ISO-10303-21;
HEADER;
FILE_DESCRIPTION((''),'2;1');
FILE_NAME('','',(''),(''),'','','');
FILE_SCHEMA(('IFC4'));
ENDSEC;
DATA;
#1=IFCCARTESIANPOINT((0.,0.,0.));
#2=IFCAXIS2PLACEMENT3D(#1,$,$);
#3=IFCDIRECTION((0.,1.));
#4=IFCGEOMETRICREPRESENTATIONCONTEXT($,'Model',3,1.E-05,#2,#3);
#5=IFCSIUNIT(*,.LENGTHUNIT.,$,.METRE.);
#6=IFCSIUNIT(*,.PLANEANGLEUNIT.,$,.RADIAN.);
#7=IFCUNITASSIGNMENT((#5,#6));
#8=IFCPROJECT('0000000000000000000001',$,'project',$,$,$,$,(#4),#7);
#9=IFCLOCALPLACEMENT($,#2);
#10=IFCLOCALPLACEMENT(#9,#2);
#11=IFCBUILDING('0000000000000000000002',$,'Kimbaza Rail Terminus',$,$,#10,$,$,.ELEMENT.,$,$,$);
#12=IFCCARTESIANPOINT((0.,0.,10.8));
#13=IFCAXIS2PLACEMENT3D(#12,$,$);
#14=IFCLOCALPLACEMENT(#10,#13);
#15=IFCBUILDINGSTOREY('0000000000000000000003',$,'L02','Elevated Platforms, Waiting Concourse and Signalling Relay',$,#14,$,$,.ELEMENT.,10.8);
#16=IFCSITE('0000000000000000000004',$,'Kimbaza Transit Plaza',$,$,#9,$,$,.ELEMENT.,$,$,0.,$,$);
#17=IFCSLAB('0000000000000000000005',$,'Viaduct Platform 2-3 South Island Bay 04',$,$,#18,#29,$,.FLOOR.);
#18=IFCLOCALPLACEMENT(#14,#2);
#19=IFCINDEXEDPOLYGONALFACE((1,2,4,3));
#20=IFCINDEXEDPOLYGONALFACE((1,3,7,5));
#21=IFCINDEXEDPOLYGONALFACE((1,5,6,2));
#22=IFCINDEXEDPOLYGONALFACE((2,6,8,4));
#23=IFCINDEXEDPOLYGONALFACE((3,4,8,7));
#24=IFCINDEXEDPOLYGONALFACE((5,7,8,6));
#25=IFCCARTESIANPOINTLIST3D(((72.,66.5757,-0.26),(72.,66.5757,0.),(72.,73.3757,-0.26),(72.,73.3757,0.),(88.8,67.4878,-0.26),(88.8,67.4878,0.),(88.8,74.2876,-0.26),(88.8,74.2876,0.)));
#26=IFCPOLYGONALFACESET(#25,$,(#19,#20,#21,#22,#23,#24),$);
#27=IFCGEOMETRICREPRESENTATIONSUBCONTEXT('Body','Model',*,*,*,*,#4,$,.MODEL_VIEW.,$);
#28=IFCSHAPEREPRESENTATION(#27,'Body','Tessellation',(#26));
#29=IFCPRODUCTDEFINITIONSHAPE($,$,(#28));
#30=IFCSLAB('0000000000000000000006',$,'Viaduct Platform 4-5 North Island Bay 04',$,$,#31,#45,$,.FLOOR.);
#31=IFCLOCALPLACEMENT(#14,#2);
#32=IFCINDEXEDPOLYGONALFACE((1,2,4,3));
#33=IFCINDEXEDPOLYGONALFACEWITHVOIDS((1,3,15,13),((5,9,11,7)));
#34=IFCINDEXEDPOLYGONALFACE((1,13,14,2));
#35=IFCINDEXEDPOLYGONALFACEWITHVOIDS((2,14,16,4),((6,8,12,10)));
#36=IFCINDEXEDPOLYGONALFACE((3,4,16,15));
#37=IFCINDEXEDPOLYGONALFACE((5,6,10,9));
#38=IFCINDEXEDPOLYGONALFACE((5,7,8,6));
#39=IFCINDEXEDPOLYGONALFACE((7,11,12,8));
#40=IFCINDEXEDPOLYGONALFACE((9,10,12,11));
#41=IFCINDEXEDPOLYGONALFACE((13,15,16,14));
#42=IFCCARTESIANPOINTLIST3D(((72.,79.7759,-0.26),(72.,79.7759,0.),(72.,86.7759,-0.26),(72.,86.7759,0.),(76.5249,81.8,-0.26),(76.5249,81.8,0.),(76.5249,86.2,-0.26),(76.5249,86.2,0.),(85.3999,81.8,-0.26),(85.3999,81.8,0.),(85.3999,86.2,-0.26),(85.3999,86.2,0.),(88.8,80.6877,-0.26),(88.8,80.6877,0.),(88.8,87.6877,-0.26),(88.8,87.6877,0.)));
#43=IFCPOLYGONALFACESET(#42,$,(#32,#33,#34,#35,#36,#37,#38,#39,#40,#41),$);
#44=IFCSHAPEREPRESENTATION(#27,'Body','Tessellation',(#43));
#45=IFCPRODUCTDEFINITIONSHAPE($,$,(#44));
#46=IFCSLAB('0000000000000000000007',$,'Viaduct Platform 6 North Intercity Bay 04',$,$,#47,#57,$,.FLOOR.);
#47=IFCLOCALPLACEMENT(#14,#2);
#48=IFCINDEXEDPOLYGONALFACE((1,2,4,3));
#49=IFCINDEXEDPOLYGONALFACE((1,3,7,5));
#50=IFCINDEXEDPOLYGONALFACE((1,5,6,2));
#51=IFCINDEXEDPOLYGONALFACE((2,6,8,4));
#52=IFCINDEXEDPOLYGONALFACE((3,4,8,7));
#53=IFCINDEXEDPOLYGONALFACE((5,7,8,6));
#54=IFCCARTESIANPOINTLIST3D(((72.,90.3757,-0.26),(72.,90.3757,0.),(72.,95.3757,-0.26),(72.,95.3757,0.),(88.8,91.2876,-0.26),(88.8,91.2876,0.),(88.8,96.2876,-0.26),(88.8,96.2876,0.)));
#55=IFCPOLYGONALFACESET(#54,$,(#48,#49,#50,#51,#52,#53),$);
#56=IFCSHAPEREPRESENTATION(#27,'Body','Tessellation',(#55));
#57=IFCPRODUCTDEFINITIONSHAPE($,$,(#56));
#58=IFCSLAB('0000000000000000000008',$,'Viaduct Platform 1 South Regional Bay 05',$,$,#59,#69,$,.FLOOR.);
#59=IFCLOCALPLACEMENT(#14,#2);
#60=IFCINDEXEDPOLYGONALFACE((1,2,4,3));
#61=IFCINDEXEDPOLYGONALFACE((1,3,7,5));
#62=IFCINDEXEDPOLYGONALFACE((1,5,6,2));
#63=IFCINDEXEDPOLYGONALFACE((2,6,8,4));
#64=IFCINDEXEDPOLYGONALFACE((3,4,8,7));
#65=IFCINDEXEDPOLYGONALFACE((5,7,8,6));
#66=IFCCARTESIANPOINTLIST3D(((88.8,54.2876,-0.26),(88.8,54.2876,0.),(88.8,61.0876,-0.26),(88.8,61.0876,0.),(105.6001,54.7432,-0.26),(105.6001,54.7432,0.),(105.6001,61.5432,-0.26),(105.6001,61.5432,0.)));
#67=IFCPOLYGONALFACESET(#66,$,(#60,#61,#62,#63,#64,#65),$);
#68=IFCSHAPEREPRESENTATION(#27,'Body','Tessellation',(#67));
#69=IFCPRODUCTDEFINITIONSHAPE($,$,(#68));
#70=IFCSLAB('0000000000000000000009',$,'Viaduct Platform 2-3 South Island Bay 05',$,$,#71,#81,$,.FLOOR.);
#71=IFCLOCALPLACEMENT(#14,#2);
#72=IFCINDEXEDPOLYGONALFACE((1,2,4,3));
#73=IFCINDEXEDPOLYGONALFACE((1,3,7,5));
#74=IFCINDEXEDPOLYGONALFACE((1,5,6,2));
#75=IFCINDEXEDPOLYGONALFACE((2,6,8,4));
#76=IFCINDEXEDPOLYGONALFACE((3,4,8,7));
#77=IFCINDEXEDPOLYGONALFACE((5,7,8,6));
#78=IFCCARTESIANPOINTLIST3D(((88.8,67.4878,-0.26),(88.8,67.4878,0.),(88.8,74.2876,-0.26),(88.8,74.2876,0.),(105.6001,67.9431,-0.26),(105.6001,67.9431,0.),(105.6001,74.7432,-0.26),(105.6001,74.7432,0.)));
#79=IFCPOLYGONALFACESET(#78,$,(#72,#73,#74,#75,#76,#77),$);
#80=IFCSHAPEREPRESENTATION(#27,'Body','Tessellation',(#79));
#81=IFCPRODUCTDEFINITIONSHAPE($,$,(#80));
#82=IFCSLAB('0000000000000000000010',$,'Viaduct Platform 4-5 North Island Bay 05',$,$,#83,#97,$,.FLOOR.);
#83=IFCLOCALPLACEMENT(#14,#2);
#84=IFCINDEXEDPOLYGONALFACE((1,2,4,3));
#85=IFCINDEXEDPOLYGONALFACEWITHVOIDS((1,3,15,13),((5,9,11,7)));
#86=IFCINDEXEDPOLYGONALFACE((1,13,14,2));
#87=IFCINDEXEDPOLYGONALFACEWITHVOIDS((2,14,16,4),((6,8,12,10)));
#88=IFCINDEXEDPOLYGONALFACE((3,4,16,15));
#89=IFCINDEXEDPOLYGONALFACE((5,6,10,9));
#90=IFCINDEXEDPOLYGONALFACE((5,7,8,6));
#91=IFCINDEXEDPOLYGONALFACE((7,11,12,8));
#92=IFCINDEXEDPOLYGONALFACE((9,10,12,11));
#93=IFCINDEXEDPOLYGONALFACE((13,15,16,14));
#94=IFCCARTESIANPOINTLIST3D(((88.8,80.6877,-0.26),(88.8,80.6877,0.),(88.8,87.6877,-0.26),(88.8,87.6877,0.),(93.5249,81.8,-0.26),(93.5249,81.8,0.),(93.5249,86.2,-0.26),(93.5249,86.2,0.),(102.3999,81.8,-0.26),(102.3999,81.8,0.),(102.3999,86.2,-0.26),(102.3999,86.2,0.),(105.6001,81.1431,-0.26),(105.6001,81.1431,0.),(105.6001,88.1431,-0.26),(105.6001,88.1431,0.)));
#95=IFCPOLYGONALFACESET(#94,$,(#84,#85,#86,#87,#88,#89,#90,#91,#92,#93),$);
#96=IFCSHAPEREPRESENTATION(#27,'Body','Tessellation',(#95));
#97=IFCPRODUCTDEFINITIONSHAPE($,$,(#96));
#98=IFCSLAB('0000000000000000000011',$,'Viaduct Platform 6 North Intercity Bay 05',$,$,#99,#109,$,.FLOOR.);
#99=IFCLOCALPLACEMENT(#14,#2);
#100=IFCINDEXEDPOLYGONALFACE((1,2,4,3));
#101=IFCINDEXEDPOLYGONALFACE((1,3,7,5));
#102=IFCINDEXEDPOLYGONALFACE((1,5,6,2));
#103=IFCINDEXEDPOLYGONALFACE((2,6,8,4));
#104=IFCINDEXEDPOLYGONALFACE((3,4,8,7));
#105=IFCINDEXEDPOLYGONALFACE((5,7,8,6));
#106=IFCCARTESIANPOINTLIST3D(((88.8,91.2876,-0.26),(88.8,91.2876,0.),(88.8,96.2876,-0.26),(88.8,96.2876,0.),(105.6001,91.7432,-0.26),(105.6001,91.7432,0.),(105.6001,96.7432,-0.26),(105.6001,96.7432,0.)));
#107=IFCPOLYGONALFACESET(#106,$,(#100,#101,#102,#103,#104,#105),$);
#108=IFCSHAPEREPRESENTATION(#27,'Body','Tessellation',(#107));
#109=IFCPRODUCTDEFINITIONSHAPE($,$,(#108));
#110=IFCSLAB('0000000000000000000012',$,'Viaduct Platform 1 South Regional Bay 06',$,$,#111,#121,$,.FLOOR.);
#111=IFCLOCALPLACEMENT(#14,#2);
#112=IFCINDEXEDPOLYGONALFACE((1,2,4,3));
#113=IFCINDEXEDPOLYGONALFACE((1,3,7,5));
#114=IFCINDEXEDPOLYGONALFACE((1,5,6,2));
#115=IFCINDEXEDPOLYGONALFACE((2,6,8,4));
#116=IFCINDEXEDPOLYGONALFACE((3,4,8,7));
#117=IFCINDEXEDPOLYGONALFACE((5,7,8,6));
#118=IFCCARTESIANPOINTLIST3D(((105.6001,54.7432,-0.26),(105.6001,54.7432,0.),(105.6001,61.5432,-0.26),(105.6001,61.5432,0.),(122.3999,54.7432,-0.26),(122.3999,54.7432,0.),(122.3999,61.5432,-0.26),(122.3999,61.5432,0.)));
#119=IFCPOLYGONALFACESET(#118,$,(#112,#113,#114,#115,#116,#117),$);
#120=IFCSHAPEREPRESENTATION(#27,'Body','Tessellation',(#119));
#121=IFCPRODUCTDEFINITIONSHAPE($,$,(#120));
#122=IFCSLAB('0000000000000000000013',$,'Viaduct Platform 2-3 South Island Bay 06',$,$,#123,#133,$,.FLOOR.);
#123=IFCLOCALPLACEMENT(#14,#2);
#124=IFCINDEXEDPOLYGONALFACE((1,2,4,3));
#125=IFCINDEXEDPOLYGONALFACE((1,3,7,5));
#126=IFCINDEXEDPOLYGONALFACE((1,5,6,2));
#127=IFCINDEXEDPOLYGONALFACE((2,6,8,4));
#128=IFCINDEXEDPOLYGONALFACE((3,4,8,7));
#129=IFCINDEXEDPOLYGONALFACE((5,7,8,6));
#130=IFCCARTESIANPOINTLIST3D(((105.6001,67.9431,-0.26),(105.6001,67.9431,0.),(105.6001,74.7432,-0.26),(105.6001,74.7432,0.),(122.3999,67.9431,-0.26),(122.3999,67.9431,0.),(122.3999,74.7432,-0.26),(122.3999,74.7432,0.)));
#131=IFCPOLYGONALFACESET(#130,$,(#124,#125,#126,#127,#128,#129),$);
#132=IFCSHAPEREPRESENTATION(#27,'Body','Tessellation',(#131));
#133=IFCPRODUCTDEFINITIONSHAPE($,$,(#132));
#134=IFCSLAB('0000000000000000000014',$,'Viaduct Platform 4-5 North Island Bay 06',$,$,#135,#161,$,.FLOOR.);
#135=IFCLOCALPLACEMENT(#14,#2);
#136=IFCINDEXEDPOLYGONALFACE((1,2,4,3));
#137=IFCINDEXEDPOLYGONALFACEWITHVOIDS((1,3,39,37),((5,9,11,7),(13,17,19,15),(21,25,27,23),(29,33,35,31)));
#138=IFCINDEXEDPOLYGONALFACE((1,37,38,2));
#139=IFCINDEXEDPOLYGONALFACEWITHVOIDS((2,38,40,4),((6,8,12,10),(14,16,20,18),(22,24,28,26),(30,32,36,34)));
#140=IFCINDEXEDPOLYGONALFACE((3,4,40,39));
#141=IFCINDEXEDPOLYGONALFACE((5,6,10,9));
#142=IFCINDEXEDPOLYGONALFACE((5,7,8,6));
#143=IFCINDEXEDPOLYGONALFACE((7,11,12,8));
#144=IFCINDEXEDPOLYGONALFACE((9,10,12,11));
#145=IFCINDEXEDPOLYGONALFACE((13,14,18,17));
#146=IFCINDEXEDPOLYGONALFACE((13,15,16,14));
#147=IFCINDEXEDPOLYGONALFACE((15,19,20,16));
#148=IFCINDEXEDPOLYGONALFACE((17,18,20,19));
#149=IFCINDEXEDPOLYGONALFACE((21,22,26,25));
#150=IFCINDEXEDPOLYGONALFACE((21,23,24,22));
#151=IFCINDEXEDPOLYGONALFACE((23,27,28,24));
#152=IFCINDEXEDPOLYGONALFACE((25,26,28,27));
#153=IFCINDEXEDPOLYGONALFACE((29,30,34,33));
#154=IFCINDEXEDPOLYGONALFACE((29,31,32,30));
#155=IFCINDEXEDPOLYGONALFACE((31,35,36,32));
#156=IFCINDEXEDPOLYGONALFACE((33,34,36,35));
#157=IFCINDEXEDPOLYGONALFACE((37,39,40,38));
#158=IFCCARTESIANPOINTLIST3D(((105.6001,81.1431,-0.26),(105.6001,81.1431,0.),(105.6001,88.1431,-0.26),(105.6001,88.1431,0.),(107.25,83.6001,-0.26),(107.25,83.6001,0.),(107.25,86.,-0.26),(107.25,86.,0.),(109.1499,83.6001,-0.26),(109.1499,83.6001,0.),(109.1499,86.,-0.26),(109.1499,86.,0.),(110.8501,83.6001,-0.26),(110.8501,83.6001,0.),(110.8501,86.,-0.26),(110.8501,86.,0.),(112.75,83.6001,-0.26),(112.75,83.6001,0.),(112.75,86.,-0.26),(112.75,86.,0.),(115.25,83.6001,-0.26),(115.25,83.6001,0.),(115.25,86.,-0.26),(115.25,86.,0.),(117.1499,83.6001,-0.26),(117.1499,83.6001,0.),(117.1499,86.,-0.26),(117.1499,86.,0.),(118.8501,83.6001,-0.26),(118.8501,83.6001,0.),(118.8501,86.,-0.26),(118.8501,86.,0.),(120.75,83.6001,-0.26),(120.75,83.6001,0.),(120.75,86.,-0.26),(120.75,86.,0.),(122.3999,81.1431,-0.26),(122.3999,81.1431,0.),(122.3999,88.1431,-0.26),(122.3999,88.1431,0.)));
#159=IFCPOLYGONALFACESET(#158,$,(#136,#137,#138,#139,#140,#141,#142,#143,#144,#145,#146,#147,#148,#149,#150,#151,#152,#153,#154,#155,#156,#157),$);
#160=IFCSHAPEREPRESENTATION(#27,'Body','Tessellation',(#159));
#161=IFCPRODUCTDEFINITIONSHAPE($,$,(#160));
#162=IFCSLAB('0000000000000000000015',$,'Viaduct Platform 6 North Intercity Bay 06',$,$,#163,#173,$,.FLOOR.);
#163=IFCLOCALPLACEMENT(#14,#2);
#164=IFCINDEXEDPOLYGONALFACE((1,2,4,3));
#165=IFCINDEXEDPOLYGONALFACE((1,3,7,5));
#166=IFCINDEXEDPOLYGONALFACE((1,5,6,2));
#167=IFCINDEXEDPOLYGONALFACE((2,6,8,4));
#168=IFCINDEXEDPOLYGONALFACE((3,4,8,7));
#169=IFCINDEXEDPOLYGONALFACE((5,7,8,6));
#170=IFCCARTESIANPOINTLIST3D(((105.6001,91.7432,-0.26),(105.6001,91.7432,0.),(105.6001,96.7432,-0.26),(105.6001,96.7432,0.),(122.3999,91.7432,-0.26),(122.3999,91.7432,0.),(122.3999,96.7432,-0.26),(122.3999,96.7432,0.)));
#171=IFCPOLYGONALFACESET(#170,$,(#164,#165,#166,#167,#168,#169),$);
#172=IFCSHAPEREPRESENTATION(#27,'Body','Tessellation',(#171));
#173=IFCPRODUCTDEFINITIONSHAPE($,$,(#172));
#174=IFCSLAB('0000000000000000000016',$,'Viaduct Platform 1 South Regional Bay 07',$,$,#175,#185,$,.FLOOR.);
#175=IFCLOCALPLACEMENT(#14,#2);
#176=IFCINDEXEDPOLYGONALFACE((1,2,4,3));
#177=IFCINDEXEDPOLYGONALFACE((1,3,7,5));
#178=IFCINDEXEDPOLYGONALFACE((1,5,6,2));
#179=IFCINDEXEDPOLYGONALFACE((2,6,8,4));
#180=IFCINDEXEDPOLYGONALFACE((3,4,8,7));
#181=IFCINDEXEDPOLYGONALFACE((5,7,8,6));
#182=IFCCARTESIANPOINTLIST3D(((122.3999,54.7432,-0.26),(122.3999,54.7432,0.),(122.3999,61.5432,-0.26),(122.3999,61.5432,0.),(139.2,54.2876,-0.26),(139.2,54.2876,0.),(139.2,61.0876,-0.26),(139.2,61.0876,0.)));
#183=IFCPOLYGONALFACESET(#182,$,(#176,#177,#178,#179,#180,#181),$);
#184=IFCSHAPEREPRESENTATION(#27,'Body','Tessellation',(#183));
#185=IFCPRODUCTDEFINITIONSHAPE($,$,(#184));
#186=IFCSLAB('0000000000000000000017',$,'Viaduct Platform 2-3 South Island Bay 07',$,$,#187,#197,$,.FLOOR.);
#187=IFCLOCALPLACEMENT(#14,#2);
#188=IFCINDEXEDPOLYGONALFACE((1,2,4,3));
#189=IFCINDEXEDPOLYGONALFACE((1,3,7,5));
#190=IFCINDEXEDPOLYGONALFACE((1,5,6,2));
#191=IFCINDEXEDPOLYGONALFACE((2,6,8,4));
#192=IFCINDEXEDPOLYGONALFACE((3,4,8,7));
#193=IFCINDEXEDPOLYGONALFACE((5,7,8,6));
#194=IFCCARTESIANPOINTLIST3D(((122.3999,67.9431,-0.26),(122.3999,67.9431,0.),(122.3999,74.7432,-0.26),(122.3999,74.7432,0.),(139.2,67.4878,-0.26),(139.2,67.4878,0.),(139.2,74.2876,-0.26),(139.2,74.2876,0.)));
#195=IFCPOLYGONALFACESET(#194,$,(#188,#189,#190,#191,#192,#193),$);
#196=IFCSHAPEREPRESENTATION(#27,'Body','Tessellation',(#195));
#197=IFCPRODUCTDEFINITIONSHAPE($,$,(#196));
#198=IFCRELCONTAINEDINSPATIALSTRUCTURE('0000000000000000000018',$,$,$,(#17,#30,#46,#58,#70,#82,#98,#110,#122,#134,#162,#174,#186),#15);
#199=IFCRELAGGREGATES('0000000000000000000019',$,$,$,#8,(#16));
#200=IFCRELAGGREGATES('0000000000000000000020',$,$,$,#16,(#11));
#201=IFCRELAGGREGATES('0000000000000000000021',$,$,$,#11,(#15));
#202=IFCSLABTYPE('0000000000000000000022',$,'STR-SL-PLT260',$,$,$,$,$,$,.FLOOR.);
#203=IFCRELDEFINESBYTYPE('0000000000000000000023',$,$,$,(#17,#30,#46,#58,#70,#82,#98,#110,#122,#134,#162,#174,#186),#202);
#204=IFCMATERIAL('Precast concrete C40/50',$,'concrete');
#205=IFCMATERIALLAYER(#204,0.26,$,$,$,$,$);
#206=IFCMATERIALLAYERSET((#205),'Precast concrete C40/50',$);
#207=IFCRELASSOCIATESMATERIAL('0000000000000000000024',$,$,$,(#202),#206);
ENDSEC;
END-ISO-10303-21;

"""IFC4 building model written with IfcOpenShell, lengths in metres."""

from ifc_helpers import new_model, si_unit, direction, frame, origin, place, context, subcontext, project, spatial, polyline, outline, extrude, material, layer, layer_set, type_object, element, save


model = new_model("IFC4")

# Units and contexts
model_context = context("Model", 3, precision=1e-05, world=origin(), true_north=direction((0.0, 1.0)))
body_context = subcontext(model_context, "Body", "Model", "MODEL_VIEW")
ifc_project = project(units=[si_unit("LENGTHUNIT", "METRE"), si_unit("PLANEANGLEUNIT", "RADIAN")], contexts=[model_context])

# Site, building, storey
site_placement = place(None, origin())
site = spatial("IfcSite", under=ifc_project, at=site_placement, Name="Kimbaza Transit Plaza", CompositionType="ELEMENT", RefElevation=0.0)
building_placement = place(site_placement, origin())
building = spatial("IfcBuilding", under=site, at=building_placement, Name="Kimbaza Rail Terminus", CompositionType="ELEMENT")
storey_placement = place(building_placement, frame((0.0, 0.0, 10.8)))
storey = spatial("IfcBuildingStorey", under=building, at=storey_placement, Name="L02", Description="Elevated Platforms, Waiting Concourse and Signalling Relay", CompositionType="ELEMENT", Elevation=10.8)

# Slabs
ifc_material_1 = material(Name="Precast concrete C40/50", Category="concrete")
ifc_layer_1 = layer(ifc_material_1, 0.26)
ifc_layer_set_1 = layer_set([ifc_layer_1], Name="Precast concrete C40/50")
slab_type_1 = type_object("IfcSlabType", Name="STR-SL-PLT260", PredefinedType="FLOOR", material=ifc_layer_set_1)
slab_1_placement = place(storey_placement, frame((0.0, 0.0, -0.26)))
element("IfcSlab", 1, at=slab_1_placement, inside=storey, type_object=slab_type_1, Name="Viaduct Platform 2-3 South Island Bay 04", PredefinedType="FLOOR", context=body_context, shape_type="SweptSolid", body=[
    extrude(outline(polyline([(72.0, 66.5757), (88.8, 67.4878), (88.8, 74.2876), (72.0, 73.3757), (72.0, 66.5757)])), origin(), (0.0, 0.0, 1.0), 0.26),
])
slab_2_placement = place(storey_placement, frame((0.0, 0.0, -0.26)))
element("IfcSlab", 2, at=slab_2_placement, inside=storey, type_object=slab_type_1, Name="Viaduct Platform 4-5 North Island Bay 04", PredefinedType="FLOOR", context=body_context, shape_type="SweptSolid", body=[
    extrude(outline(polyline([(72.0, 79.7759), (88.8, 80.6877), (88.8, 87.6877), (72.0, 86.7759), (72.0, 79.7759)]), holes=[polyline([(76.5249, 81.8), (85.3999, 81.8), (85.3999, 86.2), (76.5249, 86.2), (76.5249, 81.8)])]), origin(), (0.0, 0.0, 1.0), 0.26),
])
slab_3_placement = place(storey_placement, frame((0.0, 0.0, -0.26)))
element("IfcSlab", 3, at=slab_3_placement, inside=storey, type_object=slab_type_1, Name="Viaduct Platform 6 North Intercity Bay 04", PredefinedType="FLOOR", context=body_context, shape_type="SweptSolid", body=[
    extrude(outline(polyline([(72.0, 90.3757), (88.8, 91.2876), (88.8, 96.2876), (72.0, 95.3757), (72.0, 90.3757)])), origin(), (0.0, 0.0, 1.0), 0.26),
])
slab_4_placement = place(storey_placement, frame((0.0, 0.0, -0.26)))
element("IfcSlab", 4, at=slab_4_placement, inside=storey, type_object=slab_type_1, Name="Viaduct Platform 1 South Regional Bay 05", PredefinedType="FLOOR", context=body_context, shape_type="SweptSolid", body=[
    extrude(outline(polyline([(88.8, 54.2876), (105.6001, 54.7432), (105.6001, 61.5432), (88.8, 61.0876), (88.8, 54.2876)])), origin(), (0.0, 0.0, 1.0), 0.26),
])
slab_5_placement = place(storey_placement, frame((0.0, 0.0, -0.26)))
element("IfcSlab", 5, at=slab_5_placement, inside=storey, type_object=slab_type_1, Name="Viaduct Platform 2-3 South Island Bay 05", PredefinedType="FLOOR", context=body_context, shape_type="SweptSolid", body=[
    extrude(outline(polyline([(88.8, 67.4878), (105.6001, 67.9431), (105.6001, 74.7432), (88.8, 74.2876), (88.8, 67.4878)])), origin(), (0.0, 0.0, 1.0), 0.26),
])
slab_6_placement = place(storey_placement, frame((0.0, 0.0, -0.26)))
element("IfcSlab", 6, at=slab_6_placement, inside=storey, type_object=slab_type_1, Name="Viaduct Platform 4-5 North Island Bay 05", PredefinedType="FLOOR", context=body_context, shape_type="SweptSolid", body=[
    extrude(outline(polyline([(88.8, 80.6877), (105.6001, 81.1431), (105.6001, 88.1431), (88.8, 87.6877), (88.8, 80.6877)]), holes=[polyline([(93.5249, 81.8), (102.3999, 81.8), (102.3999, 86.2), (93.5249, 86.2), (93.5249, 81.8)])]), origin(), (0.0, 0.0, 1.0), 0.26),
])
slab_7_placement = place(storey_placement, frame((0.0, 0.0, -0.26)))
element("IfcSlab", 7, at=slab_7_placement, inside=storey, type_object=slab_type_1, Name="Viaduct Platform 6 North Intercity Bay 05", PredefinedType="FLOOR", context=body_context, shape_type="SweptSolid", body=[
    extrude(outline(polyline([(88.8, 91.2876), (105.6001, 91.7432), (105.6001, 96.7432), (88.8, 96.2876), (88.8, 91.2876)])), origin(), (0.0, 0.0, 1.0), 0.26),
])
slab_8_placement = place(storey_placement, frame((0.0, 0.0, -0.26)))
element("IfcSlab", 8, at=slab_8_placement, inside=storey, type_object=slab_type_1, Name="Viaduct Platform 1 South Regional Bay 06", PredefinedType="FLOOR", context=body_context, shape_type="SweptSolid", body=[
    extrude(outline(polyline([(105.6001, 54.7432), (122.3999, 54.7432), (122.3999, 61.5432), (105.6001, 61.5432), (105.6001, 54.7432)])), origin(), (0.0, 0.0, 1.0), 0.26),
])
slab_9_placement = place(storey_placement, frame((0.0, 0.0, -0.26)))
element("IfcSlab", 9, at=slab_9_placement, inside=storey, type_object=slab_type_1, Name="Viaduct Platform 2-3 South Island Bay 06", PredefinedType="FLOOR", context=body_context, shape_type="SweptSolid", body=[
    extrude(outline(polyline([(105.6001, 67.9431), (122.3999, 67.9431), (122.3999, 74.7432), (105.6001, 74.7432), (105.6001, 67.9431)])), origin(), (0.0, 0.0, 1.0), 0.26),
])
slab_10_placement = place(storey_placement, frame((0.0, 0.0, -0.26)))
element("IfcSlab", 10, at=slab_10_placement, inside=storey, type_object=slab_type_1, Name="Viaduct Platform 4-5 North Island Bay 06", PredefinedType="FLOOR", context=body_context, shape_type="SweptSolid", body=[
    extrude(outline(polyline([(105.6001, 81.1431), (122.3999, 81.1431), (122.3999, 88.1431), (105.6001, 88.1431), (105.6001, 81.1431)]), holes=[polyline([(107.25, 83.6001), (109.1499, 83.6001), (109.1499, 86.0), (107.25, 86.0), (107.25, 83.6001)]), polyline([(110.8501, 83.6001), (112.75, 83.6001), (112.75, 86.0), (110.8501, 86.0), (110.8501, 83.6001)]), polyline([(115.25, 83.6001), (117.1499, 83.6001), (117.1499, 86.0), (115.25, 86.0), (115.25, 83.6001)]), polyline([(118.8501, 83.6001), (120.75, 83.6001), (120.75, 86.0), (118.8501, 86.0), (118.8501, 83.6001)])]), origin(), (0.0, 0.0, 1.0), 0.26),
])
slab_11_placement = place(storey_placement, frame((0.0, 0.0, -0.26)))
element("IfcSlab", 11, at=slab_11_placement, inside=storey, type_object=slab_type_1, Name="Viaduct Platform 6 North Intercity Bay 06", PredefinedType="FLOOR", context=body_context, shape_type="SweptSolid", body=[
    extrude(outline(polyline([(105.6001, 91.7432), (122.3999, 91.7432), (122.3999, 96.7432), (105.6001, 96.7432), (105.6001, 91.7432)])), origin(), (0.0, 0.0, 1.0), 0.26),
])
slab_12_placement = place(storey_placement, frame((0.0, 0.0, -0.26)))
element("IfcSlab", 12, at=slab_12_placement, inside=storey, type_object=slab_type_1, Name="Viaduct Platform 1 South Regional Bay 07", PredefinedType="FLOOR", context=body_context, shape_type="SweptSolid", body=[
    extrude(outline(polyline([(122.3999, 54.7432), (139.2, 54.2876), (139.2, 61.0876), (122.3999, 61.5432), (122.3999, 54.7432)])), origin(), (0.0, 0.0, 1.0), 0.26),
])
slab_13_placement = place(storey_placement, frame((0.0, 0.0, -0.26)))
element("IfcSlab", 13, at=slab_13_placement, inside=storey, type_object=slab_type_1, Name="Viaduct Platform 2-3 South Island Bay 07", PredefinedType="FLOOR", context=body_context, shape_type="SweptSolid", body=[
    extrude(outline(polyline([(122.3999, 67.9431), (139.2, 67.4878), (139.2, 74.2876), (122.3999, 74.7432), (122.3999, 67.9431)])), origin(), (0.0, 0.0, 1.0), 0.26),
])

save(model, "model.ifc")
